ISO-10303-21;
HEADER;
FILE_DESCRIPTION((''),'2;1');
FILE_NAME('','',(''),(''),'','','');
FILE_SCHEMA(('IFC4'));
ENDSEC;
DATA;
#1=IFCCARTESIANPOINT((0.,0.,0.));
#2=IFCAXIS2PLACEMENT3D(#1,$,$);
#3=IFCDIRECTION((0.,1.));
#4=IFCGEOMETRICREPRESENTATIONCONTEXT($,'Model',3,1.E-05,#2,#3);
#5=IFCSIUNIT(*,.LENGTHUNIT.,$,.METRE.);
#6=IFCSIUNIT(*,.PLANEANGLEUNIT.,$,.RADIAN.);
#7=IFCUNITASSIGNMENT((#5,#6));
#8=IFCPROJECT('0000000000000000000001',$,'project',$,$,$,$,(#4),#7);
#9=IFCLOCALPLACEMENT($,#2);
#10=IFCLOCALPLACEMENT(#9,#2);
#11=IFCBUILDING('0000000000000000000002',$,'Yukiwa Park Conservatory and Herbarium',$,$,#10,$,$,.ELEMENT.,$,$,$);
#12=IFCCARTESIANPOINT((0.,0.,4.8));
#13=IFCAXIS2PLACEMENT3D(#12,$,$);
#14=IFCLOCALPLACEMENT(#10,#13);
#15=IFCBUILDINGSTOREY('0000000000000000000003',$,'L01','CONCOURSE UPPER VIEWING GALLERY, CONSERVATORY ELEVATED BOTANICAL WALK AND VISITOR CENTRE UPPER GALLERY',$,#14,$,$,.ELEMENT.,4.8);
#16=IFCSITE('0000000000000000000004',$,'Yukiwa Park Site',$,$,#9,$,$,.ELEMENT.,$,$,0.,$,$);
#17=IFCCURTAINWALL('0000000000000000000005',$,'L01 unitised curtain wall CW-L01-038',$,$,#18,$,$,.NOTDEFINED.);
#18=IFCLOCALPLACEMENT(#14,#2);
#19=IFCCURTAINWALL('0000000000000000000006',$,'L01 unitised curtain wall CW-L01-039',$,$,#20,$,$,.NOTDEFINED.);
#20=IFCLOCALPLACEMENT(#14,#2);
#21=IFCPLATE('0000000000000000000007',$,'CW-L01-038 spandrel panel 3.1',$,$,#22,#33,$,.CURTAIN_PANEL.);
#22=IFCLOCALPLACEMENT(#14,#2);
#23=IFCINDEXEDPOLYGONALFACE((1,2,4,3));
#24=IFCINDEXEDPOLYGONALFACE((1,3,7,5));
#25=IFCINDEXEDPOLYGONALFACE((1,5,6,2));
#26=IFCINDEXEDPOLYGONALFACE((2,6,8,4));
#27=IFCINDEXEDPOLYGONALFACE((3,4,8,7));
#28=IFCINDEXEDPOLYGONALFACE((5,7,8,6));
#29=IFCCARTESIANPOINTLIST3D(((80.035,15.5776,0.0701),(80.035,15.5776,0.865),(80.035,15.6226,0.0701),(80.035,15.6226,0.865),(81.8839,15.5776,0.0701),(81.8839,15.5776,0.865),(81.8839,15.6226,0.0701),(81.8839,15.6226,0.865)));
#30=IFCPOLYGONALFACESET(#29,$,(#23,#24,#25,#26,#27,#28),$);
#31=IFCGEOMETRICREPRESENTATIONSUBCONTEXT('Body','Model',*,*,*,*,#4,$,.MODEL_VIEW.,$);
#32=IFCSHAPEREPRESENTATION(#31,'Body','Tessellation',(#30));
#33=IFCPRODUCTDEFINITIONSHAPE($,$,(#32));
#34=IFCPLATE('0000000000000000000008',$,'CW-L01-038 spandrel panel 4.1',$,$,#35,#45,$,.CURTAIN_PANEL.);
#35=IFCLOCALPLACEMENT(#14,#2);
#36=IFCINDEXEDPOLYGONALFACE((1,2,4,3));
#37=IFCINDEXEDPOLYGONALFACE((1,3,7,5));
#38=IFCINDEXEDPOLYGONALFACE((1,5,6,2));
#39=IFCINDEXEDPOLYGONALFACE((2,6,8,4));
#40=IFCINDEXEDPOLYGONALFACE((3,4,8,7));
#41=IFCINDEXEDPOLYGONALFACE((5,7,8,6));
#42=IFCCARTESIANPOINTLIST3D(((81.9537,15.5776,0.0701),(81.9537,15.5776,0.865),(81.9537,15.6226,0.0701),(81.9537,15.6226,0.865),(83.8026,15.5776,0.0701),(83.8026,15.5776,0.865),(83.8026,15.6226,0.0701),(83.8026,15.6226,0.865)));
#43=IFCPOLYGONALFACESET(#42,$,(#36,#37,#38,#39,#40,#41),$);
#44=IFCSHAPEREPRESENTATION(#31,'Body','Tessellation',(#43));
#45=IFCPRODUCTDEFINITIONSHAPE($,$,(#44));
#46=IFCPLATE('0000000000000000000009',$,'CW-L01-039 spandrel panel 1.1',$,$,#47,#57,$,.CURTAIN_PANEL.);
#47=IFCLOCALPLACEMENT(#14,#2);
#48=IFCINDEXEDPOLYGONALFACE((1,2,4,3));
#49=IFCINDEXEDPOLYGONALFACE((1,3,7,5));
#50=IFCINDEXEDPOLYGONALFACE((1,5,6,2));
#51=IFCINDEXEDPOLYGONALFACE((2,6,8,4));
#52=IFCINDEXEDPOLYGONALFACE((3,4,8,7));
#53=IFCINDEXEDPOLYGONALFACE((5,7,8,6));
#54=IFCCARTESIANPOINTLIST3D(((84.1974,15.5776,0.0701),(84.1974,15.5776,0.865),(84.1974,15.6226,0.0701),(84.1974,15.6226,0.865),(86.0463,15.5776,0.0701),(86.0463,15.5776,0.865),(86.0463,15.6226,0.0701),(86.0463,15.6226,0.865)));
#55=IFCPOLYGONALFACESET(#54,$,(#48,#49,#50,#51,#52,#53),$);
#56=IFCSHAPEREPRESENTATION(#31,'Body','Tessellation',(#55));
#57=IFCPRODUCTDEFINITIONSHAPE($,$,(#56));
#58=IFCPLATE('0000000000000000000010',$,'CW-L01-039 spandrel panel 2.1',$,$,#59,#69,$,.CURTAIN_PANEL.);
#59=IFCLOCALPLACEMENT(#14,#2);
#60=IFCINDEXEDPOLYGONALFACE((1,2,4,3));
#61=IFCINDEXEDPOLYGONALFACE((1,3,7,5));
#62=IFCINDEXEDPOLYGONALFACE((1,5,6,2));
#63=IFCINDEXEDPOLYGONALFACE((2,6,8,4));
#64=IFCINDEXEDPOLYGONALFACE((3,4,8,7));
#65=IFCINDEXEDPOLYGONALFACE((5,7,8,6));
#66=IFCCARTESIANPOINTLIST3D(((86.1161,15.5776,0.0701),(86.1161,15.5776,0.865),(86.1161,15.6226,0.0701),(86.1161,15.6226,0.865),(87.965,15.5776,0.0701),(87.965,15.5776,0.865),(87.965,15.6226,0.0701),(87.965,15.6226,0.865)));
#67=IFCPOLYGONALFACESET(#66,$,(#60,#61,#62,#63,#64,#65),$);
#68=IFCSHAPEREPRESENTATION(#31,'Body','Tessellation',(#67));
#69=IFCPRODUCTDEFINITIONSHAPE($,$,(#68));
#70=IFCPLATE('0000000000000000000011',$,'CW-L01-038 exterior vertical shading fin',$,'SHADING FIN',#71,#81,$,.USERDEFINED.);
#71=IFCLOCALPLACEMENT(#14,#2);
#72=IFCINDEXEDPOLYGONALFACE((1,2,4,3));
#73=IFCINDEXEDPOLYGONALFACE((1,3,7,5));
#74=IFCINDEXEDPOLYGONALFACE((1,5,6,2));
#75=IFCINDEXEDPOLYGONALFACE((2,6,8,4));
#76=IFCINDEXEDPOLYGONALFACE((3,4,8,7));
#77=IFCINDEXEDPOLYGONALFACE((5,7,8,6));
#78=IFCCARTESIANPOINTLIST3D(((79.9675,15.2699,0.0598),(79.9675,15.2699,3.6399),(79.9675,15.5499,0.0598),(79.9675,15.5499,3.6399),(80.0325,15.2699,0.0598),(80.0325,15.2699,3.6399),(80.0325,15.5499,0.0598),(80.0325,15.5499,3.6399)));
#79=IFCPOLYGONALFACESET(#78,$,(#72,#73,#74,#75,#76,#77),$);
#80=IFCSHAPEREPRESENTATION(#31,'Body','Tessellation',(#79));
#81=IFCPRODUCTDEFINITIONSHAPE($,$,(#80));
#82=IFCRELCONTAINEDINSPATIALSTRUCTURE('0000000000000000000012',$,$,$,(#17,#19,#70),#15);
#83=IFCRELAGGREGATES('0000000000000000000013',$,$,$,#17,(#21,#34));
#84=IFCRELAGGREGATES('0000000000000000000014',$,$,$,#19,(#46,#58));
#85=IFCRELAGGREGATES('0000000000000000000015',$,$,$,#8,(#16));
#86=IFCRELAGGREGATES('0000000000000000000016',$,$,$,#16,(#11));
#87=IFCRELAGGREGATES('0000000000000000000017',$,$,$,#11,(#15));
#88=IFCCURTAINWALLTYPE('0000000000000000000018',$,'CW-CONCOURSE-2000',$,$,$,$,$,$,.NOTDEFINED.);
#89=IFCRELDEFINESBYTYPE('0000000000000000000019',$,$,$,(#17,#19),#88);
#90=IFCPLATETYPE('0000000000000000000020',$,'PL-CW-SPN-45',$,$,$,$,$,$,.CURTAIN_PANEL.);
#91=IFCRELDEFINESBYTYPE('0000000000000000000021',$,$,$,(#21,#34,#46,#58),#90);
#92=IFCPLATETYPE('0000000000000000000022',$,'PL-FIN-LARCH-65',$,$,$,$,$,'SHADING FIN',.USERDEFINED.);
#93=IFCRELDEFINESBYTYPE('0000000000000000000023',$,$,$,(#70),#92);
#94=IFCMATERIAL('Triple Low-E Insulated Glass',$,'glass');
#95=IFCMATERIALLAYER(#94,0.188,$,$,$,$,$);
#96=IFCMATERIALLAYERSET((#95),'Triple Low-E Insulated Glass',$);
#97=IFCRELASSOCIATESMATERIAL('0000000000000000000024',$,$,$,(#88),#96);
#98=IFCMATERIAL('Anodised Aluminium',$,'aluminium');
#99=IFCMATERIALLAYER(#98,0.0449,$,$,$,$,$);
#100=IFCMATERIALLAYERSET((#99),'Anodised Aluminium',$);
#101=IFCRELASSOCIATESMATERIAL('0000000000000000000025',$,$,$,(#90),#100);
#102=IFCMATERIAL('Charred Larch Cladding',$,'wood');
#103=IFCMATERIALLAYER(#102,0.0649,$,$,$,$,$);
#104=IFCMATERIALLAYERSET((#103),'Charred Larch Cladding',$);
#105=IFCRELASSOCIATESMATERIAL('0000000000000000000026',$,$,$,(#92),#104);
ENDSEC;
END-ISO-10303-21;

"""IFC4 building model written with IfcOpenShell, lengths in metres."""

from ifc_helpers import new_model, si_unit, direction, frame, origin, origin_2d, place, context, subcontext, project, spatial, rectangle, extrude, material, layer, layer_set, type_object, element, aggregate, save


model = new_model("IFC4")

# Units and contexts
model_context = context("Model", 3, precision=1e-05, world=origin(), true_north=direction((0.0, 1.0)))
body_context = subcontext(model_context, "Body", "Model", "MODEL_VIEW")
ifc_project = project(units=[si_unit("LENGTHUNIT", "METRE"), si_unit("PLANEANGLEUNIT", "RADIAN")], contexts=[model_context])

# Site, building, storey
site_placement = place(None, origin())
site = spatial("IfcSite", under=ifc_project, at=site_placement, Name="Yukiwa Park Site", CompositionType="ELEMENT", RefElevation=0.0)
building_placement = place(site_placement, origin())
building = spatial("IfcBuilding", under=site, at=building_placement, Name="Yukiwa Park Conservatory and Herbarium", CompositionType="ELEMENT")
storey_placement = place(building_placement, frame((0.0, 0.0, 4.8)))
storey = spatial("IfcBuildingStorey", under=building, at=storey_placement, Name="L01", Description="CONCOURSE UPPER VIEWING GALLERY, CONSERVATORY ELEVATED BOTANICAL WALK AND VISITOR CENTRE UPPER GALLERY", CompositionType="ELEMENT", Elevation=4.8)

# Curtain walls
ifc_material_1 = material(Name="Triple Low-E Insulated Glass", Category="glass")
ifc_layer_1 = layer(ifc_material_1, 0.188)
ifc_layer_set_1 = layer_set([ifc_layer_1], Name="Triple Low-E Insulated Glass")
curtain_wall_type = type_object("IfcCurtainWallType", Name="CW-CONCOURSE-2000", PredefinedType="NOTDEFINED", material=ifc_layer_set_1)
curtain_wall_1_placement = place(storey_placement, origin())
curtain_wall_1 = element("IfcCurtainWall", 1, at=curtain_wall_1_placement, inside=storey, type_object=curtain_wall_type, Name="L01 unitised curtain wall CW-L01-038", PredefinedType="NOTDEFINED")
curtain_wall_2_placement = place(storey_placement, origin())
curtain_wall_2 = element("IfcCurtainWall", 2, at=curtain_wall_2_placement, inside=storey, type_object=curtain_wall_type, Name="L01 unitised curtain wall CW-L01-039", PredefinedType="NOTDEFINED")

# Plates
ifc_material_2 = material(Name="Anodised Aluminium", Category="aluminium")
ifc_layer_2 = layer(ifc_material_2, 0.0449)
ifc_layer_set_2 = layer_set([ifc_layer_2], Name="Anodised Aluminium")
plate_type_1 = type_object("IfcPlateType", Name="PL-CW-SPN-45", PredefinedType="CURTAIN_PANEL", material=ifc_layer_set_2)
plate_1_placement = place(storey_placement, frame((80.9595, 15.6001, 0.0701), z_axis=(0.0, 0.0, 1.0), x_axis=(1.0, 0.0, 0.0)))
plate_1 = element("IfcPlate", 3, at=plate_1_placement, type_object=plate_type_1, Name="CW-L01-038 spandrel panel 3.1", PredefinedType="CURTAIN_PANEL", context=body_context, shape_type="SweptSolid", body=[
    extrude(rectangle(XDim=1.8489, YDim=0.0449, at=origin_2d()), origin(), (0.0, 0.0, 1.0), 0.7949),
])
plate_2_placement = place(storey_placement, frame((82.8782, 15.6001, 0.0701), z_axis=(0.0, 0.0, 1.0), x_axis=(1.0, 0.0, 0.0)))
plate_2 = element("IfcPlate", 4, at=plate_2_placement, type_object=plate_type_1, Name="CW-L01-038 spandrel panel 4.1", PredefinedType="CURTAIN_PANEL", context=body_context, shape_type="SweptSolid", body=[
    extrude(rectangle(XDim=1.8489, YDim=0.0449, at=origin_2d()), origin(), (0.0, 0.0, 1.0), 0.7949),
])
aggregate(curtain_wall_1, [plate_1, plate_2])
plate_3_placement = place(storey_placement, frame((85.1218, 15.6001, 0.0701), z_axis=(0.0, 0.0, 1.0), x_axis=(1.0, 0.0, 0.0)))
plate_3 = element("IfcPlate", 5, at=plate_3_placement, type_object=plate_type_1, Name="CW-L01-039 spandrel panel 1.1", PredefinedType="CURTAIN_PANEL", context=body_context, shape_type="SweptSolid", body=[
    extrude(rectangle(XDim=1.8489, YDim=0.0449, at=origin_2d()), origin(), (0.0, 0.0, 1.0), 0.7949),
])
plate_4_placement = place(storey_placement, frame((87.0405, 15.6001, 0.0701), z_axis=(0.0, 0.0, 1.0), x_axis=(1.0, 0.0, 0.0)))
plate_4 = element("IfcPlate", 6, at=plate_4_placement, type_object=plate_type_1, Name="CW-L01-039 spandrel panel 2.1", PredefinedType="CURTAIN_PANEL", context=body_context, shape_type="SweptSolid", body=[
    extrude(rectangle(XDim=1.8489, YDim=0.0449, at=origin_2d()), origin(), (0.0, 0.0, 1.0), 0.7949),
])
aggregate(curtain_wall_2, [plate_3, plate_4])
ifc_material_3 = material(Name="Charred Larch Cladding", Category="wood")
ifc_layer_3 = layer(ifc_material_3, 0.0649)
ifc_layer_set_3 = layer_set([ifc_layer_3], Name="Charred Larch Cladding")
plate_type_2 = type_object("IfcPlateType", Name="PL-FIN-LARCH-65", ElementType="SHADING FIN", PredefinedType="USERDEFINED", material=ifc_layer_set_3)
plate_5_placement = place(storey_placement, frame((80.0, 15.4099, 0.0598), z_axis=(0.0, 0.0, 1.0), x_axis=(1.0, 0.0, 0.0)))
element("IfcPlate", 7, at=plate_5_placement, inside=storey, type_object=plate_type_2, Name="CW-L01-038 exterior vertical shading fin", ObjectType="SHADING FIN", PredefinedType="USERDEFINED", context=body_context, shape_type="SweptSolid", body=[
    extrude(rectangle(XDim=0.0649, YDim=0.28, at=origin_2d()), origin(), (0.0, 0.0, 1.0), 3.5801),
])

save(model, "model.ifc")
